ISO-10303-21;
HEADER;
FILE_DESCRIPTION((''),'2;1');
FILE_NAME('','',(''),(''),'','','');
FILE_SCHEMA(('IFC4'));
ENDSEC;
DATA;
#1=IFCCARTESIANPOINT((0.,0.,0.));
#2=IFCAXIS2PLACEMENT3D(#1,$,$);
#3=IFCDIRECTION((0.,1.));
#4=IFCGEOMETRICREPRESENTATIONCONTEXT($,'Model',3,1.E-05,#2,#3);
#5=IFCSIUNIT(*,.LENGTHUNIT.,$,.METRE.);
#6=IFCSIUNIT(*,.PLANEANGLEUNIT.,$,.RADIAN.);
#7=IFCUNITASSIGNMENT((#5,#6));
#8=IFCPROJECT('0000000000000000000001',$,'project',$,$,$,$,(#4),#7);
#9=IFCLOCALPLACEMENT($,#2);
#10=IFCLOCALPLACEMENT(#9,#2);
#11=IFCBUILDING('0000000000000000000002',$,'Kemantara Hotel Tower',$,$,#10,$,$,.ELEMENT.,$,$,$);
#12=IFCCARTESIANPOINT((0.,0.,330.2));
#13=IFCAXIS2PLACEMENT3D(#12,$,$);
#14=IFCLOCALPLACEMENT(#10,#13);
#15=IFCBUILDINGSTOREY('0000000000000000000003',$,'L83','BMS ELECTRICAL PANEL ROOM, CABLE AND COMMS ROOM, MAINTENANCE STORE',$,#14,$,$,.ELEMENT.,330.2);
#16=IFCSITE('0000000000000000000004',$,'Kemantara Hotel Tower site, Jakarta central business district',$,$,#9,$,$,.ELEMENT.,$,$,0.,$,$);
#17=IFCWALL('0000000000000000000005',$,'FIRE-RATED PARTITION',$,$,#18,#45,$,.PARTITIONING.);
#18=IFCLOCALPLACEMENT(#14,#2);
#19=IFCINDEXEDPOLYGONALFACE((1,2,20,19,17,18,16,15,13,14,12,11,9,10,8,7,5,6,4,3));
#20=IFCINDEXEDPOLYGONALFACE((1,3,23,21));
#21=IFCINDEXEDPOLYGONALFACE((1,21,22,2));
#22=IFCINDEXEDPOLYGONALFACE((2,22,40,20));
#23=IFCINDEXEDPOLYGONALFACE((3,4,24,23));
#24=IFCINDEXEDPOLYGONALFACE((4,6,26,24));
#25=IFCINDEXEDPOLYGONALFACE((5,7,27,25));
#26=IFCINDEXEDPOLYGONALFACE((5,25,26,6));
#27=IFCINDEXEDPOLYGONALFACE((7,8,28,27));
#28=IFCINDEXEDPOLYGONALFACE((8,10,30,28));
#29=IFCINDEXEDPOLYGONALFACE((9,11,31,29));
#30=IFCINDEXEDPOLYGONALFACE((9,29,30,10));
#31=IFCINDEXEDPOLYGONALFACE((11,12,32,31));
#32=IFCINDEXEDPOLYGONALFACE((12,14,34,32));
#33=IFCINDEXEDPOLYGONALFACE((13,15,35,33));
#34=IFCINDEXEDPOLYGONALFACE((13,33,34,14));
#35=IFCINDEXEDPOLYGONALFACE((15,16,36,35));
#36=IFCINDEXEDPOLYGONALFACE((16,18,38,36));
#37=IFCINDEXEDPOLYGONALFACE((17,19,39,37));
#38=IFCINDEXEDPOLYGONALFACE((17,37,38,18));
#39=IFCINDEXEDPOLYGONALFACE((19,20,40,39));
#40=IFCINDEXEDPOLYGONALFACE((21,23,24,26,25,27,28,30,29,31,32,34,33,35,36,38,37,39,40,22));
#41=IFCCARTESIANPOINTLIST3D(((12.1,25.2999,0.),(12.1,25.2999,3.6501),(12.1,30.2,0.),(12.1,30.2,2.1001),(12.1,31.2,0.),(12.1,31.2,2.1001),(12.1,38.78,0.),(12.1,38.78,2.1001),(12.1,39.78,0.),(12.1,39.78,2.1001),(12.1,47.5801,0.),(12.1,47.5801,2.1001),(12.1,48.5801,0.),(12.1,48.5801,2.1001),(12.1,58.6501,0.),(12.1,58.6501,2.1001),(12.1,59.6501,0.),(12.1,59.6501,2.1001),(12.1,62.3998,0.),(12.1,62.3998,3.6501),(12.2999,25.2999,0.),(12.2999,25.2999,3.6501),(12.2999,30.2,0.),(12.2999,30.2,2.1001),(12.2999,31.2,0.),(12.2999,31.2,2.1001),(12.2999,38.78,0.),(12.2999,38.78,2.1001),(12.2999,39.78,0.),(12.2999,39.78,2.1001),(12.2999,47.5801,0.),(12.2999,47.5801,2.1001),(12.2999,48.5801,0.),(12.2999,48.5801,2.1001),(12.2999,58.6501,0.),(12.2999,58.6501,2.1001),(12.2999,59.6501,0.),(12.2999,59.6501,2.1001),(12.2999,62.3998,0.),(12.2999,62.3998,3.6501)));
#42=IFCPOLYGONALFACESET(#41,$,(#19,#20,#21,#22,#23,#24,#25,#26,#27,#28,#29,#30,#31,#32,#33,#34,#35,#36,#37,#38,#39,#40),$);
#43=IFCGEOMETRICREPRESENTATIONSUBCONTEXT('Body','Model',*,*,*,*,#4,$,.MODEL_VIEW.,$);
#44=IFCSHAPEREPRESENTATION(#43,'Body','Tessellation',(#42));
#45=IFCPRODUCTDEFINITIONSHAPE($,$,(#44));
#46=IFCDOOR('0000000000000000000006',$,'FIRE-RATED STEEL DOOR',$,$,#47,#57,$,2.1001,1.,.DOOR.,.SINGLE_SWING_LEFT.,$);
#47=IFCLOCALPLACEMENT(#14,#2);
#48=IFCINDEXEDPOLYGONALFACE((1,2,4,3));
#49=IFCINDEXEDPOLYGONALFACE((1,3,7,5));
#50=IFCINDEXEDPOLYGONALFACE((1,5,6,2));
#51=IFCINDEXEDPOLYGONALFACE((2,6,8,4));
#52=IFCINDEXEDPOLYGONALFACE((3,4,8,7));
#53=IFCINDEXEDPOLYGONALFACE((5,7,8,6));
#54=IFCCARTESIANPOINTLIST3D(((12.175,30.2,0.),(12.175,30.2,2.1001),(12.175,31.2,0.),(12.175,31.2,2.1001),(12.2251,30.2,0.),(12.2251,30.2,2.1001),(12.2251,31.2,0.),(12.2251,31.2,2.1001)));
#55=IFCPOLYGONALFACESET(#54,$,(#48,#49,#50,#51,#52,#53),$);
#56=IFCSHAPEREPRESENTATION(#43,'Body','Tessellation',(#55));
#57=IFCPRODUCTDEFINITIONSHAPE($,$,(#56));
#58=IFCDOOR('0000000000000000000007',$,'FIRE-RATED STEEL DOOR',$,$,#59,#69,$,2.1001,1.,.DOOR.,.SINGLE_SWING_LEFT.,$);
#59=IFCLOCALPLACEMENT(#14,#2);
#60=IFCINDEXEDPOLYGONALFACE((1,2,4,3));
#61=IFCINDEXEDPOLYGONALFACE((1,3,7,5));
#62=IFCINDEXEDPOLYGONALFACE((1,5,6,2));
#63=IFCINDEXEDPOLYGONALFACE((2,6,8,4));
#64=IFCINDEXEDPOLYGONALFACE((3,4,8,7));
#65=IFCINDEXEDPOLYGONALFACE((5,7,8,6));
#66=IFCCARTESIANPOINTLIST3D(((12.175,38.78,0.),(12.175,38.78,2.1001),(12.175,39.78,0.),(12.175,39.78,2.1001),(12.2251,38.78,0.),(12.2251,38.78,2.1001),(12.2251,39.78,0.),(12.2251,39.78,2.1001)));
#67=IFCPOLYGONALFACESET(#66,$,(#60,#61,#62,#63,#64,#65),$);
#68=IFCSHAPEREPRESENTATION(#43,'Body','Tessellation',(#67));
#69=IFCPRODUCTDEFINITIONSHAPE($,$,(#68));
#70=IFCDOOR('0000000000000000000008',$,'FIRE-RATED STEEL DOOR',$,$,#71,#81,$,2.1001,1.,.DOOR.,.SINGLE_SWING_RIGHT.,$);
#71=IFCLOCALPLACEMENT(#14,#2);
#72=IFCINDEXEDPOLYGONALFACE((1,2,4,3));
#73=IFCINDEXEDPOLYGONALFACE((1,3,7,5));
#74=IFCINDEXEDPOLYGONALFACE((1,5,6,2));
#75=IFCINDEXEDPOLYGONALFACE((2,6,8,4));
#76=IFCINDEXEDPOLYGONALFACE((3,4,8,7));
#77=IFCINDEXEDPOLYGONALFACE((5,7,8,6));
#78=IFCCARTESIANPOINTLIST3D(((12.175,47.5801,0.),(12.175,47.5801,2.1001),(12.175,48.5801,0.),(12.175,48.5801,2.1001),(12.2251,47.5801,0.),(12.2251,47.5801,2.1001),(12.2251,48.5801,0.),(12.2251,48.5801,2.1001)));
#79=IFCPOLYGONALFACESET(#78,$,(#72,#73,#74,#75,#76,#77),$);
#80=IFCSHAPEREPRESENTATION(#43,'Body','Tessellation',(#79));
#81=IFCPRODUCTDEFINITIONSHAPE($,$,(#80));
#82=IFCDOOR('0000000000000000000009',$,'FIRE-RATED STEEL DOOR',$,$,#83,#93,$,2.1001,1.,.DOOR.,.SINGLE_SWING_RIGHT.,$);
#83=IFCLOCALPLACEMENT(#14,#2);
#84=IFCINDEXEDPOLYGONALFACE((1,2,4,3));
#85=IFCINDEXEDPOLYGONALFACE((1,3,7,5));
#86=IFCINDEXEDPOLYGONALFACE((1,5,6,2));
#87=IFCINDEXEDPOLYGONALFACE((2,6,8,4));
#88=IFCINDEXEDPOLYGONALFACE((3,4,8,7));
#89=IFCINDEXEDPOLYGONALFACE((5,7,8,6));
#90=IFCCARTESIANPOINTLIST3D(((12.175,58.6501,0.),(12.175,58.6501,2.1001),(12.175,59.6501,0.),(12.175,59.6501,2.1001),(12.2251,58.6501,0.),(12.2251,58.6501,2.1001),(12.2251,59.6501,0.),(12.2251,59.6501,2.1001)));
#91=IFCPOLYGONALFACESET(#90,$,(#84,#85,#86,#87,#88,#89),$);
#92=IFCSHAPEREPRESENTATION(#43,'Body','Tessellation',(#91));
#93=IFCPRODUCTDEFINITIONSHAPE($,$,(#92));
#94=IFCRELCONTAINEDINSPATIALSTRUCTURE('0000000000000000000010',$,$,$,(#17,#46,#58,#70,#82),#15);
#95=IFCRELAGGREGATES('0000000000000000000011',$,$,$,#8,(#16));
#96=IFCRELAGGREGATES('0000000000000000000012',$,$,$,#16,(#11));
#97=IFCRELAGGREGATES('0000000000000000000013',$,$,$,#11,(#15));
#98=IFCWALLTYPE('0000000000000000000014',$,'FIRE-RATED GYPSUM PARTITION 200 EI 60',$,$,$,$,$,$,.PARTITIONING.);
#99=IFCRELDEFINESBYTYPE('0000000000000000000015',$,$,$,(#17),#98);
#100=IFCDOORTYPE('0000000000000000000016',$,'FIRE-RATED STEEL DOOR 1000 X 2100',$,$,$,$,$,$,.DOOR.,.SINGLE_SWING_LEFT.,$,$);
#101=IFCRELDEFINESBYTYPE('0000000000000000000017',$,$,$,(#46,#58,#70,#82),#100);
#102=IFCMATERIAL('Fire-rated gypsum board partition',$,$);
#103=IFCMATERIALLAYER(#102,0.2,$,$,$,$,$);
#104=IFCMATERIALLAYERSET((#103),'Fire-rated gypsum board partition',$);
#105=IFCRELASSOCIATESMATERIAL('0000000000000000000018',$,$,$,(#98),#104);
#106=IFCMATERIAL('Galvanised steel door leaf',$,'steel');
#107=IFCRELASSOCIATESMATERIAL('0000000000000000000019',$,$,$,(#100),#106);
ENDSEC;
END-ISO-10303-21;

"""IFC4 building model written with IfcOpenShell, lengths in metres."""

from ifc_helpers import new_model, si_unit, direction, frame, frame_2d, origin, place, context, subcontext, project, spatial, rectangle, extrude, material, layer, layer_set, type_object, element, fill, save


model = new_model("IFC4")

# Units and contexts
model_context = context("Model", 3, precision=1e-05, world=origin(), true_north=direction((0.0, 1.0)))
body_context = subcontext(model_context, "Body", "Model", "MODEL_VIEW")
ifc_project = project(units=[si_unit("LENGTHUNIT", "METRE"), si_unit("PLANEANGLEUNIT", "RADIAN")], contexts=[model_context])

# Site, building, storey
site_placement = place(None, origin())
site = spatial("IfcSite", under=ifc_project, at=site_placement, Name="Kemantara Hotel Tower site, Jakarta central business district", CompositionType="ELEMENT", RefElevation=0.0)
building_placement = place(site_placement, origin())
building = spatial("IfcBuilding", under=site, at=building_placement, Name="Kemantara Hotel Tower", CompositionType="ELEMENT")
storey_placement = place(building_placement, frame((0.0, 0.0, 330.2)))
storey = spatial("IfcBuildingStorey", under=building, at=storey_placement, Name="L83", Description="BMS ELECTRICAL PANEL ROOM, CABLE AND COMMS ROOM, MAINTENANCE STORE", CompositionType="ELEMENT", Elevation=330.2)

# Shared definitions
ifc_material_1 = material(Name="Fire-rated gypsum board partition")
ifc_layer_1 = layer(ifc_material_1, 0.2)
ifc_layer_set_1 = layer_set([ifc_layer_1], Name="Fire-rated gypsum board partition")
wall_type_1 = type_object("IfcWallType", Name="FIRE-RATED GYPSUM PARTITION 200 EI 60", PredefinedType="PARTITIONING", material=ifc_layer_set_1)

# Wall, openings, doors
wall_1_placement = place(storey_placement, frame((12.2, 25.3, 0.0), z_axis=(0.0, 0.0, 1.0), x_axis=(0.0, 1.0, 0.0)))
wall_1 = element("IfcWall", 1, at=wall_1_placement, inside=storey, type_object=wall_type_1, Name="FIRE-RATED PARTITION", PredefinedType="PARTITIONING", context=body_context, shape_type="SweptSolid", body=[
    extrude(rectangle(XDim=37.0999, YDim=0.2, at=frame_2d((18.5498, 0.0))), origin(), (0.0, 0.0, 1.0), 3.6501),
])
opening_1_placement = place(wall_1_placement, frame((4.8999, 0.0, 0.0)))
opening_1 = element("IfcOpeningElement", 2, at=opening_1_placement, cuts=wall_1, PredefinedType="OPENING", context=body_context, shape_type="SweptSolid", body=[
    extrude(rectangle(XDim=1.0, YDim=2.1001, at=frame_2d((0.5, 1.05))), frame((0.0, 0.1099, 0.0), z_axis=(0.0, -1.0, 0.0), x_axis=(1.0, 0.0, 0.0)), (0.0, 0.0, 1.0), 0.22),
])
opening_2_placement = place(wall_1_placement, frame((13.48, 0.0, 0.0)))
opening_2 = element("IfcOpeningElement", 3, at=opening_2_placement, cuts=wall_1, PredefinedType="OPENING", context=body_context, shape_type="SweptSolid", body=[
    extrude(rectangle(XDim=1.0, YDim=2.1001, at=frame_2d((0.5, 1.05))), frame((0.0, 0.1099, 0.0), z_axis=(0.0, -1.0, 0.0), x_axis=(1.0, 0.0, 0.0)), (0.0, 0.0, 1.0), 0.22),
])
opening_3_placement = place(wall_1_placement, frame((22.28, 0.0, 0.0)))
opening_3 = element("IfcOpeningElement", 4, at=opening_3_placement, cuts=wall_1, PredefinedType="OPENING", context=body_context, shape_type="SweptSolid", body=[
    extrude(rectangle(XDim=1.0, YDim=2.1001, at=frame_2d((0.5, 1.05))), frame((0.0, 0.1099, 0.0), z_axis=(0.0, -1.0, 0.0), x_axis=(1.0, 0.0, 0.0)), (0.0, 0.0, 1.0), 0.22),
])
opening_4_placement = place(wall_1_placement, frame((33.3501, 0.0, 0.0)))
opening_4 = element("IfcOpeningElement", 5, at=opening_4_placement, cuts=wall_1, PredefinedType="OPENING", context=body_context, shape_type="SweptSolid", body=[
    extrude(rectangle(XDim=1.0, YDim=2.1001, at=frame_2d((0.5, 1.05))), frame((0.0, 0.1099, 0.0), z_axis=(0.0, -1.0, 0.0), x_axis=(1.0, 0.0, 0.0)), (0.0, 0.0, 1.0), 0.22),
])
ifc_material_2 = material(Name="Galvanised steel door leaf", Category="steel")
door_type = type_object("IfcDoorType", Name="FIRE-RATED STEEL DOOR 1000 X 2100", OperationType="SINGLE_SWING_LEFT", PredefinedType="DOOR", material=ifc_material_2)
door_1_placement = place(opening_1_placement, origin())
door_1 = element("IfcDoor", 6, at=door_1_placement, inside=storey, type_object=door_type, Name="FIRE-RATED STEEL DOOR", OperationType="SINGLE_SWING_LEFT", OverallHeight=2.1001, OverallWidth=1.0, PredefinedType="DOOR", context=body_context, shape_type="SweptSolid", body=[
    extrude(rectangle(XDim=1.0, YDim=2.1001, at=frame_2d((0.5, 1.05))), frame((0.0, 0.0249, 0.0), z_axis=(0.0, -1.0, 0.0), x_axis=(1.0, 0.0, 0.0)), (0.0, 0.0, 1.0), 0.05),
])
fill(opening_1, door_1)
door_2_placement = place(opening_2_placement, origin())
door_2 = element("IfcDoor", 7, at=door_2_placement, inside=storey, type_object=door_type, Name="FIRE-RATED STEEL DOOR", OperationType="SINGLE_SWING_LEFT", OverallHeight=2.1001, OverallWidth=1.0, PredefinedType="DOOR", context=body_context, shape_type="SweptSolid", body=[
    extrude(rectangle(XDim=1.0, YDim=2.1001, at=frame_2d((0.5, 1.05))), frame((0.0, 0.0249, 0.0), z_axis=(0.0, -1.0, 0.0), x_axis=(1.0, 0.0, 0.0)), (0.0, 0.0, 1.0), 0.05),
])
fill(opening_2, door_2)
door_3_placement = place(opening_3_placement, origin())
door_3 = element("IfcDoor", 8, at=door_3_placement, inside=storey, type_object=door_type, Name="FIRE-RATED STEEL DOOR", OperationType="SINGLE_SWING_RIGHT", OverallHeight=2.1001, OverallWidth=1.0, PredefinedType="DOOR", context=body_context, shape_type="SweptSolid", body=[
    extrude(rectangle(XDim=1.0, YDim=2.1001, at=frame_2d((0.5, 1.05))), frame((0.0, 0.0249, 0.0), z_axis=(0.0, -1.0, 0.0), x_axis=(1.0, 0.0, 0.0)), (0.0, 0.0, 1.0), 0.05),
])
fill(opening_3, door_3)
door_4_placement = place(opening_4_placement, origin())
door_4 = element("IfcDoor", 9, at=door_4_placement, inside=storey, type_object=door_type, Name="FIRE-RATED STEEL DOOR", OperationType="SINGLE_SWING_RIGHT", OverallHeight=2.1001, OverallWidth=1.0, PredefinedType="DOOR", context=body_context, shape_type="SweptSolid", body=[
    extrude(rectangle(XDim=1.0, YDim=2.1001, at=frame_2d((0.5, 1.05))), frame((0.0, 0.0249, 0.0), z_axis=(0.0, -1.0, 0.0), x_axis=(1.0, 0.0, 0.0)), (0.0, 0.0, 1.0), 0.05),
])
fill(opening_4, door_4)

save(model, "model.ifc")
